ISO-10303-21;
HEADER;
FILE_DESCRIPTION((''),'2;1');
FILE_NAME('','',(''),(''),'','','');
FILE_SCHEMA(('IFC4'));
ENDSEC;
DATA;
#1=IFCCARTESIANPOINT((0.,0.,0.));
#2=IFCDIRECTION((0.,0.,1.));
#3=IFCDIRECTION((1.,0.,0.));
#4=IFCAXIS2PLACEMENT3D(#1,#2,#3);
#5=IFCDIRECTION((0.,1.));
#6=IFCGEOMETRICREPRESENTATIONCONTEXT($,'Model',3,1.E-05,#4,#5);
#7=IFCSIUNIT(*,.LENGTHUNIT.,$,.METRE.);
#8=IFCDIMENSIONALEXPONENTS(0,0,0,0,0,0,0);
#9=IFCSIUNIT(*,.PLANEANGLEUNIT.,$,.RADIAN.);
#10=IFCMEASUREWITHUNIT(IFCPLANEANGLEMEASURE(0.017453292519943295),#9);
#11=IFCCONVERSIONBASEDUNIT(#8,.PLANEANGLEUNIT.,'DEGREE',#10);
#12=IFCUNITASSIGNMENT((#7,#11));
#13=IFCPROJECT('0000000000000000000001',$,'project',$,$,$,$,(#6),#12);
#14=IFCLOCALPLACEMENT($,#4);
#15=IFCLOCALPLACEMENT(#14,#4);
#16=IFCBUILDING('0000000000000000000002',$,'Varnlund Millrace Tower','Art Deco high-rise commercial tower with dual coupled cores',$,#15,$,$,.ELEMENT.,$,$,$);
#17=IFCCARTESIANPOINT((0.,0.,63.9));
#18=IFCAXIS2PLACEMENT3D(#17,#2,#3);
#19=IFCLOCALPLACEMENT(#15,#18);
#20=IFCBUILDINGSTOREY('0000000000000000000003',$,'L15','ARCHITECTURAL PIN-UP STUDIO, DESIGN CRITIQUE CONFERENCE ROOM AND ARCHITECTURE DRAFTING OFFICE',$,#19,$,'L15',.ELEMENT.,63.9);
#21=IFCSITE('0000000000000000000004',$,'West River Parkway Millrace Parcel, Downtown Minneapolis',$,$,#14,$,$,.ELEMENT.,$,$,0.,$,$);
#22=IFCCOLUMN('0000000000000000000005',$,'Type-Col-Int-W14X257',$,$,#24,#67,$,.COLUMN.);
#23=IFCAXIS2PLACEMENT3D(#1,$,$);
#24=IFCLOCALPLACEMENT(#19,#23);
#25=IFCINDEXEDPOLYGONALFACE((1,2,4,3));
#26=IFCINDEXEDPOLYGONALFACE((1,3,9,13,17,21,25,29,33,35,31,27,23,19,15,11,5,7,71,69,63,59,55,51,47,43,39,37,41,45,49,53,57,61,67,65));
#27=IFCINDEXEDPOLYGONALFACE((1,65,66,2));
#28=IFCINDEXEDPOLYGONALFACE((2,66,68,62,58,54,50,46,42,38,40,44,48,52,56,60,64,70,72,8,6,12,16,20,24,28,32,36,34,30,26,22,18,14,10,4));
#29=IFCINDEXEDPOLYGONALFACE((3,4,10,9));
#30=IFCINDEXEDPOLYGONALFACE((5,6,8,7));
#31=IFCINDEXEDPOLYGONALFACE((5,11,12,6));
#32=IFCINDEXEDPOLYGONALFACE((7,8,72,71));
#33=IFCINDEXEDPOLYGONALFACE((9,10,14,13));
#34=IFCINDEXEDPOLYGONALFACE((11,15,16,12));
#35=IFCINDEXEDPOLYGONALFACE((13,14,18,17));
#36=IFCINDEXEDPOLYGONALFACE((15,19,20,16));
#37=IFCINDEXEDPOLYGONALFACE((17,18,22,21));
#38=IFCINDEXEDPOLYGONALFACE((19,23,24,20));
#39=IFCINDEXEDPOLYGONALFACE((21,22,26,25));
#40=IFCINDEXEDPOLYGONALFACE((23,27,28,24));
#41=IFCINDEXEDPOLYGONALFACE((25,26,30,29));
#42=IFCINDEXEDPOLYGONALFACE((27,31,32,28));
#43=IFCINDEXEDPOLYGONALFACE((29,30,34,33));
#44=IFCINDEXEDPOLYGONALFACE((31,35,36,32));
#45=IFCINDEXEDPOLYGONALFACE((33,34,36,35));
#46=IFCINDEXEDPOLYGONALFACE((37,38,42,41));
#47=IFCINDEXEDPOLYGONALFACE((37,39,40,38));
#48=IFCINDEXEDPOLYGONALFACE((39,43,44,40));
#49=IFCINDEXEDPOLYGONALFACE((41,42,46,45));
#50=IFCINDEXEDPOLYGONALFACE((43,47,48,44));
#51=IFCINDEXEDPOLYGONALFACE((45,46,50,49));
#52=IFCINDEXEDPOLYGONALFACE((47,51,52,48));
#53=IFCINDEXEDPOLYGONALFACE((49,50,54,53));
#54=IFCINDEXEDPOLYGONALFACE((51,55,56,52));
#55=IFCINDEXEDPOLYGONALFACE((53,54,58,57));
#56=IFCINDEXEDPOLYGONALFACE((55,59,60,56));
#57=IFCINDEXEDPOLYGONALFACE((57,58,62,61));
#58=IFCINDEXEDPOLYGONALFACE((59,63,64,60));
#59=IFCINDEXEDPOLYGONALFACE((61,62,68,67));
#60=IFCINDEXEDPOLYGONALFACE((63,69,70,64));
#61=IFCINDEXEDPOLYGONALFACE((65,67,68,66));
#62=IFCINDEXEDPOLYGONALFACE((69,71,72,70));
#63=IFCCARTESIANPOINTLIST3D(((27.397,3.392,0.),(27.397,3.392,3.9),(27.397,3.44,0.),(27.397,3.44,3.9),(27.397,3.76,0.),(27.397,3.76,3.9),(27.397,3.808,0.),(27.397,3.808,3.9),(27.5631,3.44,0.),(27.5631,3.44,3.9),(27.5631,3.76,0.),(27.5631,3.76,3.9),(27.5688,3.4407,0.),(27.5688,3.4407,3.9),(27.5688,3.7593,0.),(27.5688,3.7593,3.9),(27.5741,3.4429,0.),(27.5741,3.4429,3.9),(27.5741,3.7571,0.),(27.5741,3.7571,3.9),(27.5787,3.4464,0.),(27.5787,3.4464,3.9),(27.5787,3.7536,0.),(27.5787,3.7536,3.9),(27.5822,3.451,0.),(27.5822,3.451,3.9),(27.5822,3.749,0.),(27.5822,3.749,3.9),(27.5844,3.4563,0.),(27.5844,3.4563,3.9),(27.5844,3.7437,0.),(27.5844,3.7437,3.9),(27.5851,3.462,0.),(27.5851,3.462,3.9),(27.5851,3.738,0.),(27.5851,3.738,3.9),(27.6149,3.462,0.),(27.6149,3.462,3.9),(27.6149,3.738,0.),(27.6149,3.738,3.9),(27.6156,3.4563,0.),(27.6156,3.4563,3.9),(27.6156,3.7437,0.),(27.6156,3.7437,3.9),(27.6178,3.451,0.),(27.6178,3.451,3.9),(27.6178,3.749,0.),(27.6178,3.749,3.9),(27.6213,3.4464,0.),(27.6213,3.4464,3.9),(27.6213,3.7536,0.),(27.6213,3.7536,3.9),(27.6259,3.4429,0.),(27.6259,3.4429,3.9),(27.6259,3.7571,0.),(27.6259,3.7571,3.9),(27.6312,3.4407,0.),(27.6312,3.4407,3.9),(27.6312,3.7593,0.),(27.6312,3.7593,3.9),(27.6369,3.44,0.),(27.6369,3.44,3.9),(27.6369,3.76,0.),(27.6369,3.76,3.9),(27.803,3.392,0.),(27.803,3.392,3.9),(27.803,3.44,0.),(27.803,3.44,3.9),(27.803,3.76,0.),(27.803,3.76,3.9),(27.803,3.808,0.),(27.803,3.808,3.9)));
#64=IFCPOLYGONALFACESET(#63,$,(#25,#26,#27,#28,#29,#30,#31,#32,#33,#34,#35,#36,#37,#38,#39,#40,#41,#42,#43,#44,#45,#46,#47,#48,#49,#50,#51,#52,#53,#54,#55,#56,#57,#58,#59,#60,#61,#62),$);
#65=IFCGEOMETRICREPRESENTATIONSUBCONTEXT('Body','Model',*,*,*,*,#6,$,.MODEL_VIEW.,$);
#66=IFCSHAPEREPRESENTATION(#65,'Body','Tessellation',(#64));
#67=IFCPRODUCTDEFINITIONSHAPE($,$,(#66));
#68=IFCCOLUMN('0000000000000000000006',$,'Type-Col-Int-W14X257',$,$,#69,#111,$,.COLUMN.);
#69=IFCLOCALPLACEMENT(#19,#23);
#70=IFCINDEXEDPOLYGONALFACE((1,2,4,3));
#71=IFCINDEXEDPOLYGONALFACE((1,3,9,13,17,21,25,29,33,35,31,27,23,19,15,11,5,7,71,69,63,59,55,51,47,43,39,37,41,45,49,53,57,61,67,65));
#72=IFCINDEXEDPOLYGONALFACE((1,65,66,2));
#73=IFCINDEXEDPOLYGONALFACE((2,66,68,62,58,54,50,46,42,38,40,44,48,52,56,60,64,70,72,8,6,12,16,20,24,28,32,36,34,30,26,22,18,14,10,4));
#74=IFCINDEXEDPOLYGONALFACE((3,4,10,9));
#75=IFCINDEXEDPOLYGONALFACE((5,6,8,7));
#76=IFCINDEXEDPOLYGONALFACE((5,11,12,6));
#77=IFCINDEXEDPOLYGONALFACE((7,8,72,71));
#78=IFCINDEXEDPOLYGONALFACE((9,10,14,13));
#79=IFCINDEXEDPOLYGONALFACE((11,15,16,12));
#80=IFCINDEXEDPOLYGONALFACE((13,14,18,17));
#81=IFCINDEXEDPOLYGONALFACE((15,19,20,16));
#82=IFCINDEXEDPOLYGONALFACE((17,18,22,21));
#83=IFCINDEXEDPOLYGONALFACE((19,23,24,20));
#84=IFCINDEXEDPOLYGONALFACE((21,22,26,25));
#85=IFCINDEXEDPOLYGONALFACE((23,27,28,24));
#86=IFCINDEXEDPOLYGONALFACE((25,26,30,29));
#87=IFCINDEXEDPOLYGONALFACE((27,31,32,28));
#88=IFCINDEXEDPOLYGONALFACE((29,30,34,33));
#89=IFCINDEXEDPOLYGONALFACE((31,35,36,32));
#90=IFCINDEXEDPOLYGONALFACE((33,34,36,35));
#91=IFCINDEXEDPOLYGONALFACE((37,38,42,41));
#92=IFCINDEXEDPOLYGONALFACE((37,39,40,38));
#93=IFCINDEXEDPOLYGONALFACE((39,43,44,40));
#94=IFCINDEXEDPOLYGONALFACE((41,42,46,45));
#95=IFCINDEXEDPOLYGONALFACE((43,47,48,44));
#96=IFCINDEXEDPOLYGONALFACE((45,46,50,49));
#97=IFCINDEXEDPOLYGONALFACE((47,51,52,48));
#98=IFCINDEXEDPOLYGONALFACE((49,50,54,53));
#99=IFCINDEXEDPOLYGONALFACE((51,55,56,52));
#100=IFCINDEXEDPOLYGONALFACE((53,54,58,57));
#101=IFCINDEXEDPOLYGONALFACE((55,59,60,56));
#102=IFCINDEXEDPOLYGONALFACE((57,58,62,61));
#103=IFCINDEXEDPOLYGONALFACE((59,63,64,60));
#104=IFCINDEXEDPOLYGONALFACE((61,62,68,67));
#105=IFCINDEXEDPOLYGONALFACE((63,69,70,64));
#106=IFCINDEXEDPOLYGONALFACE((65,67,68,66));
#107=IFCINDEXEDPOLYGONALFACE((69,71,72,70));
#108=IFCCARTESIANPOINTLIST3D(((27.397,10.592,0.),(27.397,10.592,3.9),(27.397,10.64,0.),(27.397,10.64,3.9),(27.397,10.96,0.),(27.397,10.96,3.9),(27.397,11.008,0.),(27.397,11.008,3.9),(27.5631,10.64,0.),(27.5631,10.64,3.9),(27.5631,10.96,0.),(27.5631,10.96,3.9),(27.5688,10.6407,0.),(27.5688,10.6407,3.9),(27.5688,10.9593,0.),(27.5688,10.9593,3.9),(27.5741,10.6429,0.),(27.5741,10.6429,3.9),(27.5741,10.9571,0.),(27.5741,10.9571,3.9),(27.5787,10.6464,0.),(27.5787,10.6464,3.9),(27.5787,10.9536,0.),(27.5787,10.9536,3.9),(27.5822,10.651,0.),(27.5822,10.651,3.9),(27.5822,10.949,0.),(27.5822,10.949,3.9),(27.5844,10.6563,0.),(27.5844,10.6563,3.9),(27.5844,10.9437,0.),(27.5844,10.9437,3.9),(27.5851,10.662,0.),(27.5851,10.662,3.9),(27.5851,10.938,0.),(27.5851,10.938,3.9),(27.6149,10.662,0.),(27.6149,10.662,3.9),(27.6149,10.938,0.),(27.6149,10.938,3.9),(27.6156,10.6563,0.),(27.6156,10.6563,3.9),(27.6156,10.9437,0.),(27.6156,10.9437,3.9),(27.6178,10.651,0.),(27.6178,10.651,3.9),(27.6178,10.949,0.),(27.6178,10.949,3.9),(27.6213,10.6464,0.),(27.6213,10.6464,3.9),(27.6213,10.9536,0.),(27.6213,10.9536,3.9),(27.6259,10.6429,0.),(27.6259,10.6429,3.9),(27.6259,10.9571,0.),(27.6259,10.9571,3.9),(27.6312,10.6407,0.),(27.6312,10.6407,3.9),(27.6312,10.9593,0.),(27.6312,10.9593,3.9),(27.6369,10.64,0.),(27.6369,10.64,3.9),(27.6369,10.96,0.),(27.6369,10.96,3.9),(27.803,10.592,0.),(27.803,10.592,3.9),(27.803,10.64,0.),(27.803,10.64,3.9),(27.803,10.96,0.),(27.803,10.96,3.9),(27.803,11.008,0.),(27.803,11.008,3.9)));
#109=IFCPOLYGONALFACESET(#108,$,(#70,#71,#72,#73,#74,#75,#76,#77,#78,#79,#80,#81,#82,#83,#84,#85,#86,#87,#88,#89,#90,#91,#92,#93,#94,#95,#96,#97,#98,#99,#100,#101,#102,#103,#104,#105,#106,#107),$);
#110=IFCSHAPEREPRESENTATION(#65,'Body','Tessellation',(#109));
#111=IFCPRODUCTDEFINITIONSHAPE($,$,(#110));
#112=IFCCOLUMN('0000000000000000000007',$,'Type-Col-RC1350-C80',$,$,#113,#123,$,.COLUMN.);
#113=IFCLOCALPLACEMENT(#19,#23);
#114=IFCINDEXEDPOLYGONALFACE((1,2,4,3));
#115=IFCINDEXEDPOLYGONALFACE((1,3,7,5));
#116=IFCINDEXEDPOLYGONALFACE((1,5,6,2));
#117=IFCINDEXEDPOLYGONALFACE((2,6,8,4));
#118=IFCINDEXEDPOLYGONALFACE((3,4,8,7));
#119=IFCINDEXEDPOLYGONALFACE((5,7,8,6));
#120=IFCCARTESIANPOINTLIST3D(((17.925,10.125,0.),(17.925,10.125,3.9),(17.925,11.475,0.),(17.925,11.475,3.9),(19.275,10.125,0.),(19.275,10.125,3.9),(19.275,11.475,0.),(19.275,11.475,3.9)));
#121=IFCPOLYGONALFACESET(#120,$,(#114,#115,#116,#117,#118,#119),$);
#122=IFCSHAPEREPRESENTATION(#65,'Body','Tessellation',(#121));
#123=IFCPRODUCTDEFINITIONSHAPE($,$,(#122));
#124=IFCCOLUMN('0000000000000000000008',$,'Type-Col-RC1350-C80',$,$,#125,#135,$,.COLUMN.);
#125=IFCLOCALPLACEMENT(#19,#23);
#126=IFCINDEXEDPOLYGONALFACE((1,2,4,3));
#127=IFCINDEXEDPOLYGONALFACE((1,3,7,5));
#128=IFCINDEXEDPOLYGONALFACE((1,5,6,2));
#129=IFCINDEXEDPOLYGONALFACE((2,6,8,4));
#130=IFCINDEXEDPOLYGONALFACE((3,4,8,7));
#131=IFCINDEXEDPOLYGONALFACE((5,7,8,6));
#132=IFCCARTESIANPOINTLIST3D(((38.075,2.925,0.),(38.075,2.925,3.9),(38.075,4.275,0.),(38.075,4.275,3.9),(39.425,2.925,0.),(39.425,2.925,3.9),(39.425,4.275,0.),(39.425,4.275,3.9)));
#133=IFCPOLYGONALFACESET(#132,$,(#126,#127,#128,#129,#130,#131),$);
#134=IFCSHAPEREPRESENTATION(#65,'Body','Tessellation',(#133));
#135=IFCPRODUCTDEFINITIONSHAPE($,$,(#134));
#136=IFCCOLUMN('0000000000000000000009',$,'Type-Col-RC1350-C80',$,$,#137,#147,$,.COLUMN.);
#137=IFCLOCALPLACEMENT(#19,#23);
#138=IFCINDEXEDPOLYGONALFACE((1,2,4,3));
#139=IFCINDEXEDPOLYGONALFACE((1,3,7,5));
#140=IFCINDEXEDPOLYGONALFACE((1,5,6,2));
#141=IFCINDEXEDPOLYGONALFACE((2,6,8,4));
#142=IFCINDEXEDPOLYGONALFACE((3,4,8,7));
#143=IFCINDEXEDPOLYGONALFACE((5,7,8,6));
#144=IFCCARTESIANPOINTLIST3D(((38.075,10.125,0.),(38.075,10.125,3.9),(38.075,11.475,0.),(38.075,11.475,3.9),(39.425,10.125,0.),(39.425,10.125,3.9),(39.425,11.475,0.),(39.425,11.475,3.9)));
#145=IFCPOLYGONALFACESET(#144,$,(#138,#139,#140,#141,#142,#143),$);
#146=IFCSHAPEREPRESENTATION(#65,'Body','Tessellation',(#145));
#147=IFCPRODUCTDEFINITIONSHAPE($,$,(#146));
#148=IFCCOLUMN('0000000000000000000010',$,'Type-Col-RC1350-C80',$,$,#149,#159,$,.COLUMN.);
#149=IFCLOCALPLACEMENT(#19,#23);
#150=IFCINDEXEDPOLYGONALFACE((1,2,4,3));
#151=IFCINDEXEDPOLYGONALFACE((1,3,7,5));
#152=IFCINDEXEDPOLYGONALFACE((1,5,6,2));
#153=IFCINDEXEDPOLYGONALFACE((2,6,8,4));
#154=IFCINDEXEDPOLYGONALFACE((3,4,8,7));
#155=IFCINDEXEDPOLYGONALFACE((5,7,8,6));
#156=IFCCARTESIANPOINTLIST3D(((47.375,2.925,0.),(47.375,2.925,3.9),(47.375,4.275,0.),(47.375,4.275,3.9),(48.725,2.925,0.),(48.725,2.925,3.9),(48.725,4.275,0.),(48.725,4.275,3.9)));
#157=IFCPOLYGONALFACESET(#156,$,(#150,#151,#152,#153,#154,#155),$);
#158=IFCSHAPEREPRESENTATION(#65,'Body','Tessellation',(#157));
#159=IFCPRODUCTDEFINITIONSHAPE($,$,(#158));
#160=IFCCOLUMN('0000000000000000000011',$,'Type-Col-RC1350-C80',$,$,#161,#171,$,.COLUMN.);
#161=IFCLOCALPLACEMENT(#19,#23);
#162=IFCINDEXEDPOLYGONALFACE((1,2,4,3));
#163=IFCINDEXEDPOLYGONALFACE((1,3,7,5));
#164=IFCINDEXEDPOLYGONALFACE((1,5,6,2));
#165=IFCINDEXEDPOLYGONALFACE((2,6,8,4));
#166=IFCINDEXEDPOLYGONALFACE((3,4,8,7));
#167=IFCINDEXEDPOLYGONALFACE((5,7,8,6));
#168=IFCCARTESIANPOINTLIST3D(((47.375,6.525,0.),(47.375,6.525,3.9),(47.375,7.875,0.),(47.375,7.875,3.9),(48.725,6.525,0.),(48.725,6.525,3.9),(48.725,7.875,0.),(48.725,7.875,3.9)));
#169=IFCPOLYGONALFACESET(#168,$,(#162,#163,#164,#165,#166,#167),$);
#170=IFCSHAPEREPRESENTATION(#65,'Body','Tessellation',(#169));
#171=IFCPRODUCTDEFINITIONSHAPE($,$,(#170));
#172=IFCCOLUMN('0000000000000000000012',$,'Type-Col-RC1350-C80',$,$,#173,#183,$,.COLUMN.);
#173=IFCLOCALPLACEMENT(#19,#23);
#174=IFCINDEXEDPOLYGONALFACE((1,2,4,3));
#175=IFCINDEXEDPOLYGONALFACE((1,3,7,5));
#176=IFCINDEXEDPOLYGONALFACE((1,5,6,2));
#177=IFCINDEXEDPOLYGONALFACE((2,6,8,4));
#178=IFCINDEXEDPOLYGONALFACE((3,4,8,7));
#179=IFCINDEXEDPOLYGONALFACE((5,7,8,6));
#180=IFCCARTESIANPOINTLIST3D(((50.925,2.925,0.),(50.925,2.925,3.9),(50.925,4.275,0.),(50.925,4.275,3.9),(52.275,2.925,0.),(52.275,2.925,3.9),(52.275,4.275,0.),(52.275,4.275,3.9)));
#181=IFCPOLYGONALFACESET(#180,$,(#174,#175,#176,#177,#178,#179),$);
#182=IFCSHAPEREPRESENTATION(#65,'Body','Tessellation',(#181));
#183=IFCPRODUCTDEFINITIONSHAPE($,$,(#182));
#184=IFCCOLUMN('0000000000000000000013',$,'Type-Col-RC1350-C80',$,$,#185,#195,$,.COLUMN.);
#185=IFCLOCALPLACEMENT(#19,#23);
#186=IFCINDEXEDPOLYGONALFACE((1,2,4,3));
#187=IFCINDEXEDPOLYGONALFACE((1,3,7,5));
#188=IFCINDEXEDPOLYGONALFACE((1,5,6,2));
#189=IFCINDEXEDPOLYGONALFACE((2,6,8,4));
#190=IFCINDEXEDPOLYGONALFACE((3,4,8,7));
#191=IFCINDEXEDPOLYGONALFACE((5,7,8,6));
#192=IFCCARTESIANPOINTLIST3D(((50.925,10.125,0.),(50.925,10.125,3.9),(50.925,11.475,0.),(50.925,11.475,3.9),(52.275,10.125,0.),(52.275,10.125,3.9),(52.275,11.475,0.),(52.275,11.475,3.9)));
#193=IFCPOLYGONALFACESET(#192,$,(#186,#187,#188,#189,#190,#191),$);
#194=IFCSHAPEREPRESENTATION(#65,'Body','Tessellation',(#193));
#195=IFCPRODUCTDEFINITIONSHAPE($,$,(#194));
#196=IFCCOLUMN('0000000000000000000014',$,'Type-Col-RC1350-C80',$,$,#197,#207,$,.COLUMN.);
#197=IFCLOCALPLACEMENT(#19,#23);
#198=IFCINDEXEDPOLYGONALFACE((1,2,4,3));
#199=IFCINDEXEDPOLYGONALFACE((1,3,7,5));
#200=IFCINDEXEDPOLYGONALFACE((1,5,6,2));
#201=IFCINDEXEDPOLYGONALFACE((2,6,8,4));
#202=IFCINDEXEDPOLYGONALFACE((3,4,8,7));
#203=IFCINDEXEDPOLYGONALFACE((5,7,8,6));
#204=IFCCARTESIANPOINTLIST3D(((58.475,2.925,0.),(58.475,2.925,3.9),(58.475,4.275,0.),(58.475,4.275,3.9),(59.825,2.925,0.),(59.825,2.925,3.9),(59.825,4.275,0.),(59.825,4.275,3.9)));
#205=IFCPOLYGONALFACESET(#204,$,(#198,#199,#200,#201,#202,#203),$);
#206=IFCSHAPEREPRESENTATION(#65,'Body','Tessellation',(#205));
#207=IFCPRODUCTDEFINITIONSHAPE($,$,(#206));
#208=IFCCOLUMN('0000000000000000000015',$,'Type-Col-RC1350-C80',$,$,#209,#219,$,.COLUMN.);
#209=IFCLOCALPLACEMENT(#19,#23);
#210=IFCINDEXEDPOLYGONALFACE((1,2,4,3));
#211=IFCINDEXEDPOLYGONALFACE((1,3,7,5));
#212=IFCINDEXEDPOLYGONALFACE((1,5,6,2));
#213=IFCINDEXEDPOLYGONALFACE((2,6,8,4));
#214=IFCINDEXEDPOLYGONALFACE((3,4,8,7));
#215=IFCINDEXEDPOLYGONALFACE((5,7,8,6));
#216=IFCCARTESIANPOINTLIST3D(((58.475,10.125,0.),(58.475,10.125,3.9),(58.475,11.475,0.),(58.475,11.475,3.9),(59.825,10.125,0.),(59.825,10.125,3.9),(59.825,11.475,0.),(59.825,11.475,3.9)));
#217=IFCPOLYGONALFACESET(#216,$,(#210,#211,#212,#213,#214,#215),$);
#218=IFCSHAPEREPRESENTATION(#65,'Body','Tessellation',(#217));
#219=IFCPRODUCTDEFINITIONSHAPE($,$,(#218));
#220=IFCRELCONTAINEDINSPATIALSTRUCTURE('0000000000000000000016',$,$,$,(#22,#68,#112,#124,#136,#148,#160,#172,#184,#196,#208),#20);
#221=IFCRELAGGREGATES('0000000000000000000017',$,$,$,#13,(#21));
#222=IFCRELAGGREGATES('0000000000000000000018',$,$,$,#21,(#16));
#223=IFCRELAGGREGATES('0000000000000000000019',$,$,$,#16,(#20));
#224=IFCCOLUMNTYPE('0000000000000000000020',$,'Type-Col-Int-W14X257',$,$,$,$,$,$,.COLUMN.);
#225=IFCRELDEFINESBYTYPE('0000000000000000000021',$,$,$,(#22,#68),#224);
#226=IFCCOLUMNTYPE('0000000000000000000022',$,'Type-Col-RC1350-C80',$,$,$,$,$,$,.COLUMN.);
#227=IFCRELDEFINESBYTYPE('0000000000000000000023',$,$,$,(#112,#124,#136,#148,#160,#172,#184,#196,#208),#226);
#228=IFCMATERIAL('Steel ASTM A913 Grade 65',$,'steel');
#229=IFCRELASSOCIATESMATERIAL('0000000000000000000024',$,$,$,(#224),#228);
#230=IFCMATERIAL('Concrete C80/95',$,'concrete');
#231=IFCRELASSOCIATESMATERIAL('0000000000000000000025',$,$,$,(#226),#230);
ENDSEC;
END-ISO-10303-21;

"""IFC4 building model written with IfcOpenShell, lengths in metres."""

from ifc_helpers import new_model, entity, si_unit, converted_unit, direction, frame, origin_with_axes, origin_2d_with_axis, place, context, subcontext, project, spatial, rectangle, i_section, extrude, material, material_profile, profile_set, type_object, element, save


model = new_model("IFC4")

# Units and contexts
model_context = context("Model", 3, precision=1e-05, world=origin_with_axes(), true_north=direction((0.0, 1.0)))
body_context = subcontext(model_context, "Body", "Model", "MODEL_VIEW")
ifc_project = project(units=[si_unit("LENGTHUNIT", "METRE"), converted_unit("PLANEANGLEUNIT", "DEGREE", entity("IfcPlaneAngleMeasure", 0.017453292519943295), si_unit("PLANEANGLEUNIT", "RADIAN"), dimensions=[0, 0, 0, 0, 0, 0, 0])], contexts=[model_context])

# Site, building, storey
site_placement = place(None, origin_with_axes())
site = spatial("IfcSite", under=ifc_project, at=site_placement, Name="West River Parkway Millrace Parcel, Downtown Minneapolis", CompositionType="ELEMENT", RefElevation=0.0)
building_placement = place(site_placement, origin_with_axes())
building = spatial("IfcBuilding", under=site, at=building_placement, Name="Varnlund Millrace Tower", Description="Art Deco high-rise commercial tower with dual coupled cores", CompositionType="ELEMENT")
storey_placement = place(building_placement, frame((0.0, 0.0, 63.9), z_axis=(0.0, 0.0, 1.0), x_axis=(1.0, 0.0, 0.0)))
storey = spatial("IfcBuildingStorey", under=building, at=storey_placement, Name="L15", Description="ARCHITECTURAL PIN-UP STUDIO, DESIGN CRITIQUE CONFERENCE ROOM AND ARCHITECTURE DRAFTING OFFICE", LongName="L15", CompositionType="ELEMENT", Elevation=63.9)

# Columns
ifc_material_1 = material(Name="Steel ASTM A913 Grade 65", Category="steel")
ifc_material_profile_1 = material_profile(ifc_material_1, i_section(OverallWidth=0.406, OverallDepth=0.416, WebThickness=0.0298, FlangeThickness=0.048, FilletRadius=0.022, at=origin_2d_with_axis()), Name="Steel ASTM A913 Grade 65")
ifc_profile_set_1 = profile_set([ifc_material_profile_1], Name="Steel ASTM A913 Grade 65")
column_type_1 = type_object("IfcColumnType", Name="Type-Col-Int-W14X257", PredefinedType="COLUMN", material=ifc_profile_set_1)
for number, where, z_axis, x_axis, name in (
    (1, (27.6, 3.6, 0.0), (0.0, 0.0, 1.0), (1.0, 0.0, 0.0), "Type-Col-Int-W14X257"),
    (2, (27.6, 10.8, 0.0), (0.0, 0.0, 1.0), (1.0, 0.0, 0.0), "Type-Col-Int-W14X257"),
):
    element("IfcColumn", number, at=place(storey_placement, frame(where, z_axis=z_axis, x_axis=x_axis)), inside=storey, type_object=column_type_1, Name=name, PredefinedType="COLUMN", context=body_context, shape_type="SweptSolid", body=[
        extrude(i_section(OverallWidth=0.406, OverallDepth=0.416, WebThickness=0.0298, FlangeThickness=0.048, FilletRadius=0.022, at=origin_2d_with_axis()), origin_with_axes(), (0.0, 0.0, 1.0), 3.9),
    ])
ifc_material_2 = material(Name="Concrete C80/95", Category="concrete")
ifc_material_profile_2 = material_profile(ifc_material_2, rectangle(XDim=1.35, YDim=1.35, at=origin_2d_with_axis()), Name="Concrete C80/95")
ifc_profile_set_2 = profile_set([ifc_material_profile_2], Name="Concrete C80/95")
column_type_2 = type_object("IfcColumnType", Name="Type-Col-RC1350-C80", PredefinedType="COLUMN", material=ifc_profile_set_2)
for number, where, z_axis, x_axis, name in (
    (3, (18.6, 10.8, 0.0), (0.0, 0.0, 1.0), (1.0, 0.0, 0.0), "Type-Col-RC1350-C80"),
    (4, (38.75, 3.6, 0.0), (0.0, 0.0, 1.0), (1.0, 0.0, 0.0), "Type-Col-RC1350-C80"),
    (5, (38.75, 10.8, 0.0), (0.0, 0.0, 1.0), (1.0, 0.0, 0.0), "Type-Col-RC1350-C80"),
    (6, (48.05, 3.6, 0.0), (0.0, 0.0, 1.0), (1.0, 0.0, 0.0), "Type-Col-RC1350-C80"),
    (7, (48.05, 7.2, 0.0), (0.0, 0.0, 1.0), (1.0, 0.0, 0.0), "Type-Col-RC1350-C80"),
    (8, (51.6, 3.6, 0.0), (0.0, 0.0, 1.0), (1.0, 0.0, 0.0), "Type-Col-RC1350-C80"),
    (9, (51.6, 10.8, 0.0), (0.0, 0.0, 1.0), (1.0, 0.0, 0.0), "Type-Col-RC1350-C80"),
    (10, (59.15, 3.6, 0.0), (0.0, 0.0, 1.0), (1.0, 0.0, 0.0), "Type-Col-RC1350-C80"),
    (11, (59.15, 10.8, 0.0), (0.0, 0.0, 1.0), (1.0, 0.0, 0.0), "Type-Col-RC1350-C80"),
):
    element("IfcColumn", number, at=place(storey_placement, frame(where, z_axis=z_axis, x_axis=x_axis)), inside=storey, type_object=column_type_2, Name=name, PredefinedType="COLUMN", context=body_context, shape_type="SweptSolid", body=[
        extrude(rectangle(XDim=1.35, YDim=1.35, at=origin_2d_with_axis()), origin_with_axes(), (0.0, 0.0, 1.0), 3.9),
    ])

save(model, "model.ifc")
